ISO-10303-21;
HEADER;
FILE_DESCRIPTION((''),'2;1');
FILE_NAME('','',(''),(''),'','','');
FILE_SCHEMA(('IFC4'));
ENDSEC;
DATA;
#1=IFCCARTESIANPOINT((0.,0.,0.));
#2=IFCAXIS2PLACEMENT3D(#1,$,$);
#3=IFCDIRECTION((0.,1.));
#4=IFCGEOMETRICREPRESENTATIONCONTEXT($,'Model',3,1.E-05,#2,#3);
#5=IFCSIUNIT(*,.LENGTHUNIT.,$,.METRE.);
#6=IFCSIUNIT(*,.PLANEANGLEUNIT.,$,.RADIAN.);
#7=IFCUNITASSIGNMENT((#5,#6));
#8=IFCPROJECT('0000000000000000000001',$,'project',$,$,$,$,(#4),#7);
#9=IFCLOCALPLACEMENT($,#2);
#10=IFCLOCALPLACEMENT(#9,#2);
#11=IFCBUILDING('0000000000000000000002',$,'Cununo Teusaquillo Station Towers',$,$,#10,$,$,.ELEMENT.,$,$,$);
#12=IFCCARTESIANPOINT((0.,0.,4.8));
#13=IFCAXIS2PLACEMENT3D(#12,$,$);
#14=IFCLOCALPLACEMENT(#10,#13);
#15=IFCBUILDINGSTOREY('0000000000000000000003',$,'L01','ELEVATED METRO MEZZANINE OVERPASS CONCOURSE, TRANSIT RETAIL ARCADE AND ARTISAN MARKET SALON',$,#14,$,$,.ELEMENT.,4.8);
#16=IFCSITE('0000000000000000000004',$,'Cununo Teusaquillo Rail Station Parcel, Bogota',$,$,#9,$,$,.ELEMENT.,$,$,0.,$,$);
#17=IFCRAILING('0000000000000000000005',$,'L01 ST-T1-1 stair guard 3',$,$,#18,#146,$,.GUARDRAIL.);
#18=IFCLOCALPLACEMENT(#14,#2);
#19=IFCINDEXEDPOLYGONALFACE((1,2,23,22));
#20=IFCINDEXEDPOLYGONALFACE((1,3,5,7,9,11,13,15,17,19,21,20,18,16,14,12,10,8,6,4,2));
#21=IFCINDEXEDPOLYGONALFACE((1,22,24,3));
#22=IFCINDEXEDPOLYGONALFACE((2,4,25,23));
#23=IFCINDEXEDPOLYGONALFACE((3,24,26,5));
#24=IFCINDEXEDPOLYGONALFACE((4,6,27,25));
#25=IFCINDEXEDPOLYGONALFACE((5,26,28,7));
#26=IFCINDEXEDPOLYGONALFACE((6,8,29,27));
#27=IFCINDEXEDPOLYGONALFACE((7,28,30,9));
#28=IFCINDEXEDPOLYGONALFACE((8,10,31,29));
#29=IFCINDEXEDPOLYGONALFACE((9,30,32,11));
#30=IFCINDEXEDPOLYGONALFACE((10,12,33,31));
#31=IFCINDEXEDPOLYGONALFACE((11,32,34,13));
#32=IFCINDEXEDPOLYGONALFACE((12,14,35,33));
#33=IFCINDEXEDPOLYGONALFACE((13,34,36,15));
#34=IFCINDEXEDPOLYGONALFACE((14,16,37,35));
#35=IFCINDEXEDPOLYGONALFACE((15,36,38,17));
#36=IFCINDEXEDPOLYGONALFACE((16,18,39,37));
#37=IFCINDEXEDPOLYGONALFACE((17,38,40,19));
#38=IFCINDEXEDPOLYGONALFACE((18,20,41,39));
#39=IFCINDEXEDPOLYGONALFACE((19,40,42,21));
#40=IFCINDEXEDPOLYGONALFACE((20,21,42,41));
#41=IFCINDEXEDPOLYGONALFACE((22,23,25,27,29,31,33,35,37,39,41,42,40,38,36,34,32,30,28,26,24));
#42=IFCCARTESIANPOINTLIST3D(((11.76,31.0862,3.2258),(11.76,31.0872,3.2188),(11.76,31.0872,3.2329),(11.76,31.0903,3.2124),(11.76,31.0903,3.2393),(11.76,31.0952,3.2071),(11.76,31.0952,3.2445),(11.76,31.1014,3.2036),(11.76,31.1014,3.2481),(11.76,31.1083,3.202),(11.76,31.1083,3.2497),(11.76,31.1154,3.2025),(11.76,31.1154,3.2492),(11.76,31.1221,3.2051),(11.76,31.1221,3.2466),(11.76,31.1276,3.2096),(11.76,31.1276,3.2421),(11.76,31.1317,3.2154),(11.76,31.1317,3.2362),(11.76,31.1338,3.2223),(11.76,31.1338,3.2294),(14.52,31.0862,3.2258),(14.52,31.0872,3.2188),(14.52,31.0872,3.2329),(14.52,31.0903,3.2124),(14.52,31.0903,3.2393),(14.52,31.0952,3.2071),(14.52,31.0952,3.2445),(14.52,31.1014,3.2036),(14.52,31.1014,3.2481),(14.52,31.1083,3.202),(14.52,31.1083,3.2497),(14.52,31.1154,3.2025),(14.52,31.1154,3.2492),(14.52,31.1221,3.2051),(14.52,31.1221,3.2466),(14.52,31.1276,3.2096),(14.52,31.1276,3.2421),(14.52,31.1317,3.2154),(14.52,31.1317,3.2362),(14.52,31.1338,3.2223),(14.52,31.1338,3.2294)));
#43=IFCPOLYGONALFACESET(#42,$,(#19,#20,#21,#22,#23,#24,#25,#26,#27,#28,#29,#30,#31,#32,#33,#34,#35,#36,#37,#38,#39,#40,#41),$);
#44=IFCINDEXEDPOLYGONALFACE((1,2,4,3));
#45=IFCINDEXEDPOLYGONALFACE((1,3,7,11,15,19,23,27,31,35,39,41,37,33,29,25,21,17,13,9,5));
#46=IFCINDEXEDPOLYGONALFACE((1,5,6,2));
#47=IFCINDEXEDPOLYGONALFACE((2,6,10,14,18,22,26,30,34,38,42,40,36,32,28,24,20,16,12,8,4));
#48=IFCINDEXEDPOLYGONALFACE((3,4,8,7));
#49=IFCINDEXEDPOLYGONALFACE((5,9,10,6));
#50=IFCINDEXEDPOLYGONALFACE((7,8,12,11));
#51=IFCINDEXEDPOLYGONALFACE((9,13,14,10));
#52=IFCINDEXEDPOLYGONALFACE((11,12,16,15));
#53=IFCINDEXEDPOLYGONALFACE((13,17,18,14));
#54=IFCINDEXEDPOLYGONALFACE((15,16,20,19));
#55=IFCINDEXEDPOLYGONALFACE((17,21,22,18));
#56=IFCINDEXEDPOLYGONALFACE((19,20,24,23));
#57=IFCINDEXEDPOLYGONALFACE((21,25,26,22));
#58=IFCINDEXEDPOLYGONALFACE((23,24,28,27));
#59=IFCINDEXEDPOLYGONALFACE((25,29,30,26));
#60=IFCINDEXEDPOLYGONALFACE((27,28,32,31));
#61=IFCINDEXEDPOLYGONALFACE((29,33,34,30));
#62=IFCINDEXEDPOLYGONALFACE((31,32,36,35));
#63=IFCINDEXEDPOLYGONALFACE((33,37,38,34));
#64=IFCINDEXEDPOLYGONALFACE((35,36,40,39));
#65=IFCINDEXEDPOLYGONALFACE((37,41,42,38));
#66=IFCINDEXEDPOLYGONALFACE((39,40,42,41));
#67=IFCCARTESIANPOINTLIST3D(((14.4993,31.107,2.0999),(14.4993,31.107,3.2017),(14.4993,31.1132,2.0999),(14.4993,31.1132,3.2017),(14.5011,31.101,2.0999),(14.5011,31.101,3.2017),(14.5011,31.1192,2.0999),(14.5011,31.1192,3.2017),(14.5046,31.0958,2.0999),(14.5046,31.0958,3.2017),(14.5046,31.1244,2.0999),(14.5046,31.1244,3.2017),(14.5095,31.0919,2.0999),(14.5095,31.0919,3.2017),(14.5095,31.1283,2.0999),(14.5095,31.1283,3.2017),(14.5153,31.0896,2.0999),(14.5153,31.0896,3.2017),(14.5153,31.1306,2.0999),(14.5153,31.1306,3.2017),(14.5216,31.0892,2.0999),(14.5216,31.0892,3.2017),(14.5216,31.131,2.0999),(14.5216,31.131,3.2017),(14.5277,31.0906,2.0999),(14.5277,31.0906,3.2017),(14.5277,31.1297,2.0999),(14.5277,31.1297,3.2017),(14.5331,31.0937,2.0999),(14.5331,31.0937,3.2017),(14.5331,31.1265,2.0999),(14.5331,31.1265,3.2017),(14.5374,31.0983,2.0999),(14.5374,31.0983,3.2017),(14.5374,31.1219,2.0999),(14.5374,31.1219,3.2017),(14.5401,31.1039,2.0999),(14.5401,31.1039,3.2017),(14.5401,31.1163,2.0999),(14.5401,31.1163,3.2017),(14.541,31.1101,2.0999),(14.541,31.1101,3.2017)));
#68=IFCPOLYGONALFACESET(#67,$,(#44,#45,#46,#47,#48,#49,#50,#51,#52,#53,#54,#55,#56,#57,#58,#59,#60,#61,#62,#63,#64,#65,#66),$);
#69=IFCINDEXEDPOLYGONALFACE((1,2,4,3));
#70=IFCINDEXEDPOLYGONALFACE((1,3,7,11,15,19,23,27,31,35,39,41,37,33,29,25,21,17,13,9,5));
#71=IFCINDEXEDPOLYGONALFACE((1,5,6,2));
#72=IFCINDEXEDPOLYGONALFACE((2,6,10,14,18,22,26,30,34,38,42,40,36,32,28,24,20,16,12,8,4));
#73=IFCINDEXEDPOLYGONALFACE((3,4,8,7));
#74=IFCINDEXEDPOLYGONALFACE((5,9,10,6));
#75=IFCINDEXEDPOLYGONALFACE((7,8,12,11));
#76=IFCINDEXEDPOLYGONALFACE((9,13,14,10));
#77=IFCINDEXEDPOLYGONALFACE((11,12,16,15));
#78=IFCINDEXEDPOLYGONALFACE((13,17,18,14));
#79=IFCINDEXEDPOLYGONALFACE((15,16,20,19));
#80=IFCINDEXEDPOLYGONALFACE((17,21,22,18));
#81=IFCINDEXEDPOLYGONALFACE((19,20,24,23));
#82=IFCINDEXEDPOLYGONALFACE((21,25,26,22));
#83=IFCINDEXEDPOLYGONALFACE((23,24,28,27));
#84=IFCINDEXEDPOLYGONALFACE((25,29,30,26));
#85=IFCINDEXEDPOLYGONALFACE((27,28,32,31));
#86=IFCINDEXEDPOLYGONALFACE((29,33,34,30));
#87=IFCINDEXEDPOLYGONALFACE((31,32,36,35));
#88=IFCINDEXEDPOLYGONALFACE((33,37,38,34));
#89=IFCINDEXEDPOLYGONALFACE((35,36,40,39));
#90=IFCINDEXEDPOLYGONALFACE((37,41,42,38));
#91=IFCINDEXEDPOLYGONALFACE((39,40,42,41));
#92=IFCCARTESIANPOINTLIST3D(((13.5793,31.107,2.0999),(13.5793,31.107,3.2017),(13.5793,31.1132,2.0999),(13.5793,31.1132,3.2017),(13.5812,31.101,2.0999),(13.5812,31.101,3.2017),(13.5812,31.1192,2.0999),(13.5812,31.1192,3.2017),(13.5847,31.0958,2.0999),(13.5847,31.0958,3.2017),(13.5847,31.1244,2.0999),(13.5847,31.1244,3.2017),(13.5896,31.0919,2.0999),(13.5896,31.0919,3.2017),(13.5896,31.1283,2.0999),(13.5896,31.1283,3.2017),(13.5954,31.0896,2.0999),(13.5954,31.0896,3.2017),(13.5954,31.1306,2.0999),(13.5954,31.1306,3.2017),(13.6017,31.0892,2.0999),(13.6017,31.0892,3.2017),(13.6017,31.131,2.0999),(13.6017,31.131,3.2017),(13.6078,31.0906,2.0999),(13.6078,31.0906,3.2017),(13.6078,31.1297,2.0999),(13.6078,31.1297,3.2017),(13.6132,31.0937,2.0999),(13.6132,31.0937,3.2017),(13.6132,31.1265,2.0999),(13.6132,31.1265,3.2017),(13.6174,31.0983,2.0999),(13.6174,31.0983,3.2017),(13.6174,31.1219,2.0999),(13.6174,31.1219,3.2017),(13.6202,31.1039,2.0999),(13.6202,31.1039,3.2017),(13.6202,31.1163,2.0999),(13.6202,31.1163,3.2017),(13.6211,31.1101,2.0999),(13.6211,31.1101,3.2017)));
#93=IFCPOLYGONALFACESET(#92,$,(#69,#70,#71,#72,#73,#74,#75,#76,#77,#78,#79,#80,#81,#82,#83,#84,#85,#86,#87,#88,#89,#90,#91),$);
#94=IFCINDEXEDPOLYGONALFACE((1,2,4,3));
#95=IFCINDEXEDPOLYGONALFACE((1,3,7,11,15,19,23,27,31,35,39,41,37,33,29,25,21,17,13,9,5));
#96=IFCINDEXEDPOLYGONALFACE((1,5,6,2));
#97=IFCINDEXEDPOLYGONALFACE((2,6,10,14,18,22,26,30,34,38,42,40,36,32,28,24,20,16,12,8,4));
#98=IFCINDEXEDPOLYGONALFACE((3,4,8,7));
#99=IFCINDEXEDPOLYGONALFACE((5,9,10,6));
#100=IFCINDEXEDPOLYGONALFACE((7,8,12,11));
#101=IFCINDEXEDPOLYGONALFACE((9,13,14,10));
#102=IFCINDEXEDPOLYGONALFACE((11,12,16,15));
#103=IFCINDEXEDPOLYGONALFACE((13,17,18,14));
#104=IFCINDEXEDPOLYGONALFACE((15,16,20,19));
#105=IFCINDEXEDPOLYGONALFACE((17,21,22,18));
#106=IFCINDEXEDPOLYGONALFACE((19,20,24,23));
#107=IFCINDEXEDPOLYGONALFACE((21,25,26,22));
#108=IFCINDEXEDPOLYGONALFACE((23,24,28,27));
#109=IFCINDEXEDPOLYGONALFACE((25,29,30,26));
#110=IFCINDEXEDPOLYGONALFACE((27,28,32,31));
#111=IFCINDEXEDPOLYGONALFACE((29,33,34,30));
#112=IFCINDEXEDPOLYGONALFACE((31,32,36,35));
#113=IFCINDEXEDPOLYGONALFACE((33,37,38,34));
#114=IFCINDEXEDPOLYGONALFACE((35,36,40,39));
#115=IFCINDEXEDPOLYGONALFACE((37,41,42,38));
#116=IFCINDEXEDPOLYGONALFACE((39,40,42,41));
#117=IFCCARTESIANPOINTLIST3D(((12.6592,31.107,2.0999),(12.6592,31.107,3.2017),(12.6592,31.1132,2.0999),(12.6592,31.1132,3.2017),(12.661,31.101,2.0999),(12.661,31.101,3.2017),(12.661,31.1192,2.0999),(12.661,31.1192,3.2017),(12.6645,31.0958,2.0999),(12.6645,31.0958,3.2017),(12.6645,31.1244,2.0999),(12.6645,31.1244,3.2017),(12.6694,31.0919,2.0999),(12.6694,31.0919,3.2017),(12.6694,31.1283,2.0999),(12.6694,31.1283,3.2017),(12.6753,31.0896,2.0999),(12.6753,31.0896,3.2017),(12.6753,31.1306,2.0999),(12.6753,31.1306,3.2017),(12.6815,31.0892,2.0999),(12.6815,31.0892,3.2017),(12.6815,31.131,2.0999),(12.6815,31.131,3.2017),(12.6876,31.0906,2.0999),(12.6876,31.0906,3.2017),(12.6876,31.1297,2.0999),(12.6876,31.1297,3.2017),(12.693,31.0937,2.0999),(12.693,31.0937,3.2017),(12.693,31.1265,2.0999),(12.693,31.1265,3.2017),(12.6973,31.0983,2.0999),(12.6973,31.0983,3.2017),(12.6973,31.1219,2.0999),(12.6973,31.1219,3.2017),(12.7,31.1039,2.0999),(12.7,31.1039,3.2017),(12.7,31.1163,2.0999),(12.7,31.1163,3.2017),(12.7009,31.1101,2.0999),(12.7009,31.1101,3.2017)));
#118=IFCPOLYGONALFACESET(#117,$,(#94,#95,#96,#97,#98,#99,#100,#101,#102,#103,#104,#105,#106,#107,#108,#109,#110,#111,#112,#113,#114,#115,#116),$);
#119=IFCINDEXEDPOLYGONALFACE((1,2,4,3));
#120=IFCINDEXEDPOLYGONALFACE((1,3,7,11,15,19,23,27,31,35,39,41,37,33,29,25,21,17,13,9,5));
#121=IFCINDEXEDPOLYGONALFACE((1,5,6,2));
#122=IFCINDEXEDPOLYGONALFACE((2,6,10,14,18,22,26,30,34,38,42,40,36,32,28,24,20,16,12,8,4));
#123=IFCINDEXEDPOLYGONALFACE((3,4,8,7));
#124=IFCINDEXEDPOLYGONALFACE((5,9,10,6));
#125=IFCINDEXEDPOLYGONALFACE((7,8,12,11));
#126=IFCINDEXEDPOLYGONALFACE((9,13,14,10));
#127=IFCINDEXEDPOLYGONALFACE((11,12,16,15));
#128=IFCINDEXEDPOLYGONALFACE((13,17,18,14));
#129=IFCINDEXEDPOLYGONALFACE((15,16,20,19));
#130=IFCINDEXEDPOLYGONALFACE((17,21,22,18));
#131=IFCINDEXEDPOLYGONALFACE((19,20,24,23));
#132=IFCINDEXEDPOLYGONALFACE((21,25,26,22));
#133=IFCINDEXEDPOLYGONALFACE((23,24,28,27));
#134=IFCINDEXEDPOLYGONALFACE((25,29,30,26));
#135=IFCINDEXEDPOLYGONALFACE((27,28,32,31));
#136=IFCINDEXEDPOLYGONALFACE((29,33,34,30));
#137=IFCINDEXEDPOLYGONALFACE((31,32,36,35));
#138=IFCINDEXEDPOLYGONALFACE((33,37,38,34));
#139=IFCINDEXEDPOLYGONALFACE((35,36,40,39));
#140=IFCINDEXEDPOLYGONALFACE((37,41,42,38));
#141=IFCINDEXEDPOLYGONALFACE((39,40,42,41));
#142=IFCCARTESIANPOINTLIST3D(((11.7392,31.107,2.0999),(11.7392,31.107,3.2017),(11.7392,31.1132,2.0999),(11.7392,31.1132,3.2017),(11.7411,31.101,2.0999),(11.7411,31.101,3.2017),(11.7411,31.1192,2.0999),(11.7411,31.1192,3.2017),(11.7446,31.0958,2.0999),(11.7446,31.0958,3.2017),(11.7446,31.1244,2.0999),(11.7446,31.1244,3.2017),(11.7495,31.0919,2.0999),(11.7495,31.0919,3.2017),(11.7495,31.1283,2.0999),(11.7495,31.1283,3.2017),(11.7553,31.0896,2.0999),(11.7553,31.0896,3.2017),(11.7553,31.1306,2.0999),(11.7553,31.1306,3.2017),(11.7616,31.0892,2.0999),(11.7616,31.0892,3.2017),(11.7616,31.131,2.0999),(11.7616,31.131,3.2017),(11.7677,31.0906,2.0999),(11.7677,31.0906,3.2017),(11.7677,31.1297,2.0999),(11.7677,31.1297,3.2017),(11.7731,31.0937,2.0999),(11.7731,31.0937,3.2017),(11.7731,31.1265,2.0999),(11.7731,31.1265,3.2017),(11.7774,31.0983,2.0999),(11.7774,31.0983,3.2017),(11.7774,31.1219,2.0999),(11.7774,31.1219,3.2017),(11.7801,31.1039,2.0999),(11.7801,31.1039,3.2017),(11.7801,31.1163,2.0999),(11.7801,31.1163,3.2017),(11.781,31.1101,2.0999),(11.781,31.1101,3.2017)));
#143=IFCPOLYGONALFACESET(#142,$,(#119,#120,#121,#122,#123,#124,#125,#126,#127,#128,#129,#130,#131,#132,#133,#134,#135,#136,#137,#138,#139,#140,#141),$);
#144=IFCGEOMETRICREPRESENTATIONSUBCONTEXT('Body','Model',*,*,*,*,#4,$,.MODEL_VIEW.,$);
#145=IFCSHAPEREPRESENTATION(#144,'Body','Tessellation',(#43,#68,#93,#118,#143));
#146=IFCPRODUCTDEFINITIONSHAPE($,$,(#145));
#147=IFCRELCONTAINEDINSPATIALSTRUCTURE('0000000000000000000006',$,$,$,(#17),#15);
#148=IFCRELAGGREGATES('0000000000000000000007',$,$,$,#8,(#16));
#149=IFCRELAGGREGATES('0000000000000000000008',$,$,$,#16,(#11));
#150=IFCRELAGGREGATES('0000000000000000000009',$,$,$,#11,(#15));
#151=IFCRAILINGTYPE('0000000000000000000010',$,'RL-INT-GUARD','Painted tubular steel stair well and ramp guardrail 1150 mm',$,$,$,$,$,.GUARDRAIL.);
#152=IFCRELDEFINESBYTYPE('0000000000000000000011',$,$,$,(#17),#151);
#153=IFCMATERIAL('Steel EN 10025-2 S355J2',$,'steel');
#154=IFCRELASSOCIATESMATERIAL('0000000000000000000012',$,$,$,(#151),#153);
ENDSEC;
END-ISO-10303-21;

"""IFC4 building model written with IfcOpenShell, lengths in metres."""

from ifc_helpers import new_model, si_unit, direction, frame, origin, origin_2d, place, context, subcontext, project, spatial, circle, extrude, material, type_object, element, save


model = new_model("IFC4")

# Units and contexts
model_context = context("Model", 3, precision=1e-05, world=origin(), true_north=direction((0.0, 1.0)))
body_context = subcontext(model_context, "Body", "Model", "MODEL_VIEW")
ifc_project = project(units=[si_unit("LENGTHUNIT", "METRE"), si_unit("PLANEANGLEUNIT", "RADIAN")], contexts=[model_context])

# Site, building, storey
site_placement = place(None, origin())
site = spatial("IfcSite", under=ifc_project, at=site_placement, Name="Cununo Teusaquillo Rail Station Parcel, Bogota", CompositionType="ELEMENT", RefElevation=0.0)
building_placement = place(site_placement, origin())
building = spatial("IfcBuilding", under=site, at=building_placement, Name="Cununo Teusaquillo Station Towers", CompositionType="ELEMENT")
storey_placement = place(building_placement, frame((0.0, 0.0, 4.8)))
storey = spatial("IfcBuildingStorey", under=building, at=storey_placement, Name="L01", Description="ELEVATED METRO MEZZANINE OVERPASS CONCOURSE, TRANSIT RETAIL ARCADE AND ARTISAN MARKET SALON", CompositionType="ELEMENT", Elevation=4.8)

# Railing
ifc_material_1 = material(Name="Steel EN 10025-2 S355J2", Category="steel")
railing_type_1 = type_object("IfcRailingType", Name="RL-INT-GUARD", Description="Painted tubular steel stair well and ramp guardrail 1150 mm", PredefinedType="GUARDRAIL", material=ifc_material_1)
railing_1_placement = place(storey_placement, frame((14.52, 31.1101, 2.0999)))
element("IfcRailing", 1, at=railing_1_placement, inside=storey, type_object=railing_type_1, Name="L01 ST-T1-1 stair guard 3", PredefinedType="GUARDRAIL", context=body_context, shape_type="SweptSolid", body=[
    extrude(circle(Radius=0.0239, at=origin_2d()), frame((0.0, 0.0, 1.126), z_axis=(-1.0, 0.0, 0.0), x_axis=(0.0, -1.0, 0.0)), (0.0, 0.0, 1.0), 2.76),
    extrude(circle(Radius=0.021, at=origin_2d()), origin(), (0.0, 0.0, 1.0), 1.1018),
    extrude(circle(Radius=0.021, at=origin_2d()), frame((-0.9199, 0.0, 0.0)), (0.0, 0.0, 1.0), 1.1018),
    extrude(circle(Radius=0.021, at=origin_2d()), frame((-1.8401, 0.0, 0.0)), (0.0, 0.0, 1.0), 1.1018),
    extrude(circle(Radius=0.021, at=origin_2d()), frame((-2.76, 0.0, 0.0)), (0.0, 0.0, 1.0), 1.1018),
])

save(model, "model.ifc")
